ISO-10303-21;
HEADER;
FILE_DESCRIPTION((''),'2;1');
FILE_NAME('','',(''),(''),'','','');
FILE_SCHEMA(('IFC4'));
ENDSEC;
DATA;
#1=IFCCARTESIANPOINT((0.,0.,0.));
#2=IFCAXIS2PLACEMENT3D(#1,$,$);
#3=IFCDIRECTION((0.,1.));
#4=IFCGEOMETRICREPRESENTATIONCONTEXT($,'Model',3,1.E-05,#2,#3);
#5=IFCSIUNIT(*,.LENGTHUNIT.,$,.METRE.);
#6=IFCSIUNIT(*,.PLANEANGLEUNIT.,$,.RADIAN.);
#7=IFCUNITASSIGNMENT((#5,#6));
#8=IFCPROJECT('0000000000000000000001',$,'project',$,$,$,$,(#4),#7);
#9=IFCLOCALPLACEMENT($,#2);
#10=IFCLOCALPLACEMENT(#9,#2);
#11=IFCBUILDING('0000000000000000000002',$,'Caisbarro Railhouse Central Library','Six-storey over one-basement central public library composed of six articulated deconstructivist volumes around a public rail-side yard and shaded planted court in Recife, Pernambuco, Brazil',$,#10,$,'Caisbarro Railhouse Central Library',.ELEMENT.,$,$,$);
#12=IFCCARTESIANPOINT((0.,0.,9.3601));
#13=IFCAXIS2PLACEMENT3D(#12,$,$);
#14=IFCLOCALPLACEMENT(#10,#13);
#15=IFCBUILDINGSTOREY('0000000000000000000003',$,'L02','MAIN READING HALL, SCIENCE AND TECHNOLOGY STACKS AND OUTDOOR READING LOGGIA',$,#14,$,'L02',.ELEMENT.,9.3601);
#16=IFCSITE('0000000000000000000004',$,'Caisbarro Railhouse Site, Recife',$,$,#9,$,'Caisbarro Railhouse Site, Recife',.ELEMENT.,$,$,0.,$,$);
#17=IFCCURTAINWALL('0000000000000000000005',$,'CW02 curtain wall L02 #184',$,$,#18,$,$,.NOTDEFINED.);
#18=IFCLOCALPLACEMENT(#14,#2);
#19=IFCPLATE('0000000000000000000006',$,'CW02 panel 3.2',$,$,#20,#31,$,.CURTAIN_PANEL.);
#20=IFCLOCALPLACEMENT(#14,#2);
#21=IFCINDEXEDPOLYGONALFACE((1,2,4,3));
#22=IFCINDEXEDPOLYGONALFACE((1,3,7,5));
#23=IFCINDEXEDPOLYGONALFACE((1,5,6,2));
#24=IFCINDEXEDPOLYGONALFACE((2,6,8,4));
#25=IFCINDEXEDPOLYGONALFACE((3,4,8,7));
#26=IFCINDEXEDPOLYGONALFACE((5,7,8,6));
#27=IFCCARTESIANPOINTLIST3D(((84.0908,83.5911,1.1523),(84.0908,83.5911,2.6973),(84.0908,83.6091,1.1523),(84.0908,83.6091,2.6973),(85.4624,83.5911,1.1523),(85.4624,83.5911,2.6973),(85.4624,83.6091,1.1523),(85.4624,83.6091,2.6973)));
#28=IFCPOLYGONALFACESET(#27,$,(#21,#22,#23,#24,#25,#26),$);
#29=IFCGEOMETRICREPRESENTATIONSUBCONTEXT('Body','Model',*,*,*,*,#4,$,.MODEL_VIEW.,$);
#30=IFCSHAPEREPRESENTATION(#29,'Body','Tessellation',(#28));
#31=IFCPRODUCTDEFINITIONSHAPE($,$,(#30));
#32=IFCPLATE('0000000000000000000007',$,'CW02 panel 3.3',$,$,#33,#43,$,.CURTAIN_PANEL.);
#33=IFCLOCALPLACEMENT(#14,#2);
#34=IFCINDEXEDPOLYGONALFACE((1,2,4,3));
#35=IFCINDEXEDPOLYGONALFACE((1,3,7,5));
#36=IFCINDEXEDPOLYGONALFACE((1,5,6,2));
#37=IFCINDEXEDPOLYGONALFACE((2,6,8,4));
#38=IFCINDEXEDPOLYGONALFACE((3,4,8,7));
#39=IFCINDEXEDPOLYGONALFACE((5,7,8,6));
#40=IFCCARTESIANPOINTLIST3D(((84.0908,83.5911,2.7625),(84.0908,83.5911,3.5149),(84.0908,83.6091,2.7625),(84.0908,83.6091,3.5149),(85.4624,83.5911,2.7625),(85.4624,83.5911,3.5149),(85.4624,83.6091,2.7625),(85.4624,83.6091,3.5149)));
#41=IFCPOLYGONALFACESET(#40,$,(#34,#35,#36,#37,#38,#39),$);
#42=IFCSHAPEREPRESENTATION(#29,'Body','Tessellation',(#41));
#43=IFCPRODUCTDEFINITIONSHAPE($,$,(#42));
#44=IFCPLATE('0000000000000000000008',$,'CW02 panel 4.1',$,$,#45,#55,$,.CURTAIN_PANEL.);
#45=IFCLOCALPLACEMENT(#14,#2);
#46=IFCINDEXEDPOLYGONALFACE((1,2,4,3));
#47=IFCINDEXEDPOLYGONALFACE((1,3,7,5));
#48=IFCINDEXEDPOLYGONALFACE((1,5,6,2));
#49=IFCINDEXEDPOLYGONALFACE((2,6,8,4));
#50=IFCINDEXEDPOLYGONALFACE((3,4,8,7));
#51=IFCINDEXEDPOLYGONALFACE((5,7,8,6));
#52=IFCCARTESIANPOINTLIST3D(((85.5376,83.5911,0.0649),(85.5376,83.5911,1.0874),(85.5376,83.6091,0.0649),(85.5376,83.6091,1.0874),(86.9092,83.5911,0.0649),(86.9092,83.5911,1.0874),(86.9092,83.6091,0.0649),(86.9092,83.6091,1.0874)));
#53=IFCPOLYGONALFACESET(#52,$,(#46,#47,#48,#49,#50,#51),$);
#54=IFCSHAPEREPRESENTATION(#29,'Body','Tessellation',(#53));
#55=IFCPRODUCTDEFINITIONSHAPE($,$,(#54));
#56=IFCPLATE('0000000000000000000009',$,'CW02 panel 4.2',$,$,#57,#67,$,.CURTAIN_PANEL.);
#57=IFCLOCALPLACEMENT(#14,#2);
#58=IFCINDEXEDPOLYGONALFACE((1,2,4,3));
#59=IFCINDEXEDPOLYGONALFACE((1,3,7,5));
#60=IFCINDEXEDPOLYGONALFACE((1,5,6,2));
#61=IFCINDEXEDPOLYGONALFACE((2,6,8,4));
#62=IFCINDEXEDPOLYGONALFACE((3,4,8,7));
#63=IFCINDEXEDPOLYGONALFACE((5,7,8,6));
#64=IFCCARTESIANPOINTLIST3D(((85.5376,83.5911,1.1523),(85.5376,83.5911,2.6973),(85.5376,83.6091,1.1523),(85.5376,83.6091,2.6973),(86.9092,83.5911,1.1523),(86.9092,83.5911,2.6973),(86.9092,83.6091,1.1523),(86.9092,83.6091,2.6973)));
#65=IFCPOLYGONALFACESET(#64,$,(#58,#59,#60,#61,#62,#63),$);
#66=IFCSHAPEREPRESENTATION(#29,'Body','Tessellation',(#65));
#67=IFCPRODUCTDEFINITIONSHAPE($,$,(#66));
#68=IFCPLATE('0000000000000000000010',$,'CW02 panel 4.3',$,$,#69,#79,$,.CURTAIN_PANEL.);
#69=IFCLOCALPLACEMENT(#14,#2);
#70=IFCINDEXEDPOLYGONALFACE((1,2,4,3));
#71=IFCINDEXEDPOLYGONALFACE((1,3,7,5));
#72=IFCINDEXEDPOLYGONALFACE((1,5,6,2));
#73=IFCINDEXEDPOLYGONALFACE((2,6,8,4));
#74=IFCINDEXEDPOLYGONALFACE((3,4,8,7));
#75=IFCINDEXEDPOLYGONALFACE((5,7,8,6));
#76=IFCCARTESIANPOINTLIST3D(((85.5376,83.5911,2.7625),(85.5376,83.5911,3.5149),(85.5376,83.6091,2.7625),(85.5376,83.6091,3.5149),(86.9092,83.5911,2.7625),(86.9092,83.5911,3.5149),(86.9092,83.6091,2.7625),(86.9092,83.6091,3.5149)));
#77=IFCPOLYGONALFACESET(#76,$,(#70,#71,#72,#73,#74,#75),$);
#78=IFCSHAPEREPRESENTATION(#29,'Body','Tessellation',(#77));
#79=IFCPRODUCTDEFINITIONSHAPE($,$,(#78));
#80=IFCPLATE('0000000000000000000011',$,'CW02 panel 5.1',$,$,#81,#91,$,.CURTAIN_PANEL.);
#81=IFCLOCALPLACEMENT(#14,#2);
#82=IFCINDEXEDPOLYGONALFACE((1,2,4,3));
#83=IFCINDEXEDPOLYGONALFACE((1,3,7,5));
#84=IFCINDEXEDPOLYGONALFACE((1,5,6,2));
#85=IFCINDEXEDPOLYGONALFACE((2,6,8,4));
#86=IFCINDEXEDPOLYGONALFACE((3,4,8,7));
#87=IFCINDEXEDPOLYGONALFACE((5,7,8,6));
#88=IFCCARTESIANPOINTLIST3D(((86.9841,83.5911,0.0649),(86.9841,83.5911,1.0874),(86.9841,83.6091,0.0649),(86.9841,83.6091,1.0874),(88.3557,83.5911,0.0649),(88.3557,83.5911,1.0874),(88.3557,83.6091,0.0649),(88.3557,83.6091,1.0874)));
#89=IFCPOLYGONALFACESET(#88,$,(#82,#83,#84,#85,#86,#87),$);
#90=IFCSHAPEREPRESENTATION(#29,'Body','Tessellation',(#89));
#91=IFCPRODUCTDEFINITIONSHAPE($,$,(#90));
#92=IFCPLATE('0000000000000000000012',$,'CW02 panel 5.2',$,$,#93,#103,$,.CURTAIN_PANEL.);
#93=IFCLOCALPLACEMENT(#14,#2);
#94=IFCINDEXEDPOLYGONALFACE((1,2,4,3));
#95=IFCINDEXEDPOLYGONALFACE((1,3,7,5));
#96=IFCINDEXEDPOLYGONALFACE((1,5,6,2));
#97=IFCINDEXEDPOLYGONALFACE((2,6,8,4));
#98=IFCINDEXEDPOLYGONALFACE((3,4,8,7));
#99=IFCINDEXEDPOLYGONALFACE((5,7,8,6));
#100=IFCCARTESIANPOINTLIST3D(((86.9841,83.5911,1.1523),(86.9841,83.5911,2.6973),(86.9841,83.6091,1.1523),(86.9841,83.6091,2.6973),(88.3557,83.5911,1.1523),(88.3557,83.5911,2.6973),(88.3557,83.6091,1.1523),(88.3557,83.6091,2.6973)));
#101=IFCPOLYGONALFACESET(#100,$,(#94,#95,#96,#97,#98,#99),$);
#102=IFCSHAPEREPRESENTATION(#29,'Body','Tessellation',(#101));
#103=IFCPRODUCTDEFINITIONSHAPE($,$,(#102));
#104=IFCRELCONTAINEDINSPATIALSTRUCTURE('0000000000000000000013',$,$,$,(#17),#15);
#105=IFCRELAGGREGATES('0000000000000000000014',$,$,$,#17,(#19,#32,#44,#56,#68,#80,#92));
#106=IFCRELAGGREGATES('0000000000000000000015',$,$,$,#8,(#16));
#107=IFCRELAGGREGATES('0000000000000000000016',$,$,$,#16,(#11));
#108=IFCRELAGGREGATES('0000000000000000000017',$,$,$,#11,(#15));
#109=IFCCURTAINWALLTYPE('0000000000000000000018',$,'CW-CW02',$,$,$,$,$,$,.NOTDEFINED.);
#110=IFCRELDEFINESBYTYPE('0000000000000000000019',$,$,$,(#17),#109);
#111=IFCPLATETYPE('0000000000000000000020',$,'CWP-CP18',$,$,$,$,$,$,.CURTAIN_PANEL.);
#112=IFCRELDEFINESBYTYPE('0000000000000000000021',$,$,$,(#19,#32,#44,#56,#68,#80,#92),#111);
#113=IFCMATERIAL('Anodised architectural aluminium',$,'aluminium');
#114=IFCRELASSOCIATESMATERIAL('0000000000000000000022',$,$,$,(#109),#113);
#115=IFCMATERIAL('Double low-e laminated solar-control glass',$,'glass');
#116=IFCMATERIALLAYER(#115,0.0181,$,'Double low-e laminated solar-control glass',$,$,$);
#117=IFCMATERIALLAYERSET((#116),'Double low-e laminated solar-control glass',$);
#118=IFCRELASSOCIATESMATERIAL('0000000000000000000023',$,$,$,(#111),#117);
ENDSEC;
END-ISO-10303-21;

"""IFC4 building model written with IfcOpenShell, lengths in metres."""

from ifc_helpers import new_model, si_unit, direction, frame, origin, origin_2d, place, context, subcontext, project, spatial, rectangle, extrude, material, layer, layer_set, type_object, element, aggregate, save


model = new_model("IFC4")

# Units and contexts
model_context = context("Model", 3, precision=1e-05, world=origin(), true_north=direction((0.0, 1.0)))
body_context = subcontext(model_context, "Body", "Model", "MODEL_VIEW")
ifc_project = project(units=[si_unit("LENGTHUNIT", "METRE"), si_unit("PLANEANGLEUNIT", "RADIAN")], contexts=[model_context])

# Site, building, storey
site_placement = place(None, origin())
site = spatial("IfcSite", under=ifc_project, at=site_placement, Name="Caisbarro Railhouse Site, Recife", LongName="Caisbarro Railhouse Site, Recife", CompositionType="ELEMENT", RefElevation=0.0)
building_placement = place(site_placement, origin())
building = spatial("IfcBuilding", under=site, at=building_placement, Name="Caisbarro Railhouse Central Library", Description="Six-storey over one-basement central public library composed of six articulated deconstructivist volumes around a public rail-side yard and shaded planted court in Recife, Pernambuco, Brazil", LongName="Caisbarro Railhouse Central Library", CompositionType="ELEMENT")
storey_placement = place(building_placement, frame((0.0, 0.0, 9.3601)))
storey = spatial("IfcBuildingStorey", under=building, at=storey_placement, Name="L02", Description="MAIN READING HALL, SCIENCE AND TECHNOLOGY STACKS AND OUTDOOR READING LOGGIA", LongName="L02", CompositionType="ELEMENT", Elevation=9.3601)

# Curtain wall, plates
ifc_material_1 = material(Name="Anodised architectural aluminium", Category="aluminium")
curtain_wall_type = type_object("IfcCurtainWallType", Name="CW-CW02", PredefinedType="NOTDEFINED", material=ifc_material_1)
curtain_wall_placement = place(storey_placement, origin())
curtain_wall = element("IfcCurtainWall", 1, at=curtain_wall_placement, inside=storey, type_object=curtain_wall_type, Name="CW02 curtain wall L02 #184", PredefinedType="NOTDEFINED")
ifc_material_2 = material(Name="Double low-e laminated solar-control glass", Category="glass")
ifc_layer = layer(ifc_material_2, 0.0181, Name="Double low-e laminated solar-control glass")
ifc_layer_set = layer_set([ifc_layer], Name="Double low-e laminated solar-control glass")
plate_type = type_object("IfcPlateType", Name="CWP-CP18", PredefinedType="CURTAIN_PANEL", material=ifc_layer_set)
plate_1_placement = place(storey_placement, frame((84.7766, 83.6001, 1.1523), z_axis=(0.0, 0.0, 1.0), x_axis=(1.0, 0.0, 0.0)))
plate_1 = element("IfcPlate", 2, at=plate_1_placement, type_object=plate_type, Name="CW02 panel 3.2", PredefinedType="CURTAIN_PANEL", context=body_context, shape_type="SweptSolid", body=[
    extrude(rectangle(XDim=1.3716, YDim=0.0181, at=origin_2d()), origin(), (0.0, 0.0, 1.0), 1.5449),
])
plate_2_placement = place(storey_placement, frame((84.7766, 83.6001, 2.7625), z_axis=(0.0, 0.0, 1.0), x_axis=(1.0, 0.0, 0.0)))
plate_2 = element("IfcPlate", 3, at=plate_2_placement, type_object=plate_type, Name="CW02 panel 3.3", PredefinedType="CURTAIN_PANEL", context=body_context, shape_type="SweptSolid", body=[
    extrude(rectangle(XDim=1.3716, YDim=0.0181, at=origin_2d()), origin(), (0.0, 0.0, 1.0), 0.7524),
])
plate_3_placement = place(storey_placement, frame((86.2234, 83.6001, 0.0649), z_axis=(0.0, 0.0, 1.0), x_axis=(1.0, 0.0, 0.0)))
plate_3 = element("IfcPlate", 4, at=plate_3_placement, type_object=plate_type, Name="CW02 panel 4.1", PredefinedType="CURTAIN_PANEL", context=body_context, shape_type="SweptSolid", body=[
    extrude(rectangle(XDim=1.3716, YDim=0.0181, at=origin_2d()), origin(), (0.0, 0.0, 1.0), 1.0225),
])
plate_4_placement = place(storey_placement, frame((86.2234, 83.6001, 1.1523), z_axis=(0.0, 0.0, 1.0), x_axis=(1.0, 0.0, 0.0)))
plate_4 = element("IfcPlate", 5, at=plate_4_placement, type_object=plate_type, Name="CW02 panel 4.2", PredefinedType="CURTAIN_PANEL", context=body_context, shape_type="SweptSolid", body=[
    extrude(rectangle(XDim=1.3716, YDim=0.0181, at=origin_2d()), origin(), (0.0, 0.0, 1.0), 1.5449),
])
plate_5_placement = place(storey_placement, frame((86.2234, 83.6001, 2.7625), z_axis=(0.0, 0.0, 1.0), x_axis=(1.0, 0.0, 0.0)))
plate_5 = element("IfcPlate", 6, at=plate_5_placement, type_object=plate_type, Name="CW02 panel 4.3", PredefinedType="CURTAIN_PANEL", context=body_context, shape_type="SweptSolid", body=[
    extrude(rectangle(XDim=1.3716, YDim=0.0181, at=origin_2d()), origin(), (0.0, 0.0, 1.0), 0.7524),
])
plate_6_placement = place(storey_placement, frame((87.6699, 83.6001, 0.0649), z_axis=(0.0, 0.0, 1.0), x_axis=(1.0, 0.0, 0.0)))
plate_6 = element("IfcPlate", 7, at=plate_6_placement, type_object=plate_type, Name="CW02 panel 5.1", PredefinedType="CURTAIN_PANEL", context=body_context, shape_type="SweptSolid", body=[
    extrude(rectangle(XDim=1.3716, YDim=0.0181, at=origin_2d()), origin(), (0.0, 0.0, 1.0), 1.0225),
])
plate_7_placement = place(storey_placement, frame((87.6699, 83.6001, 1.1523), z_axis=(0.0, 0.0, 1.0), x_axis=(1.0, 0.0, 0.0)))
plate_7 = element("IfcPlate", 8, at=plate_7_placement, type_object=plate_type, Name="CW02 panel 5.2", PredefinedType="CURTAIN_PANEL", context=body_context, shape_type="SweptSolid", body=[
    extrude(rectangle(XDim=1.3716, YDim=0.0181, at=origin_2d()), origin(), (0.0, 0.0, 1.0), 1.5449),
])
aggregate(curtain_wall, [plate_1, plate_2, plate_3, plate_4, plate_5, plate_6, plate_7])

save(model, "model.ifc")
